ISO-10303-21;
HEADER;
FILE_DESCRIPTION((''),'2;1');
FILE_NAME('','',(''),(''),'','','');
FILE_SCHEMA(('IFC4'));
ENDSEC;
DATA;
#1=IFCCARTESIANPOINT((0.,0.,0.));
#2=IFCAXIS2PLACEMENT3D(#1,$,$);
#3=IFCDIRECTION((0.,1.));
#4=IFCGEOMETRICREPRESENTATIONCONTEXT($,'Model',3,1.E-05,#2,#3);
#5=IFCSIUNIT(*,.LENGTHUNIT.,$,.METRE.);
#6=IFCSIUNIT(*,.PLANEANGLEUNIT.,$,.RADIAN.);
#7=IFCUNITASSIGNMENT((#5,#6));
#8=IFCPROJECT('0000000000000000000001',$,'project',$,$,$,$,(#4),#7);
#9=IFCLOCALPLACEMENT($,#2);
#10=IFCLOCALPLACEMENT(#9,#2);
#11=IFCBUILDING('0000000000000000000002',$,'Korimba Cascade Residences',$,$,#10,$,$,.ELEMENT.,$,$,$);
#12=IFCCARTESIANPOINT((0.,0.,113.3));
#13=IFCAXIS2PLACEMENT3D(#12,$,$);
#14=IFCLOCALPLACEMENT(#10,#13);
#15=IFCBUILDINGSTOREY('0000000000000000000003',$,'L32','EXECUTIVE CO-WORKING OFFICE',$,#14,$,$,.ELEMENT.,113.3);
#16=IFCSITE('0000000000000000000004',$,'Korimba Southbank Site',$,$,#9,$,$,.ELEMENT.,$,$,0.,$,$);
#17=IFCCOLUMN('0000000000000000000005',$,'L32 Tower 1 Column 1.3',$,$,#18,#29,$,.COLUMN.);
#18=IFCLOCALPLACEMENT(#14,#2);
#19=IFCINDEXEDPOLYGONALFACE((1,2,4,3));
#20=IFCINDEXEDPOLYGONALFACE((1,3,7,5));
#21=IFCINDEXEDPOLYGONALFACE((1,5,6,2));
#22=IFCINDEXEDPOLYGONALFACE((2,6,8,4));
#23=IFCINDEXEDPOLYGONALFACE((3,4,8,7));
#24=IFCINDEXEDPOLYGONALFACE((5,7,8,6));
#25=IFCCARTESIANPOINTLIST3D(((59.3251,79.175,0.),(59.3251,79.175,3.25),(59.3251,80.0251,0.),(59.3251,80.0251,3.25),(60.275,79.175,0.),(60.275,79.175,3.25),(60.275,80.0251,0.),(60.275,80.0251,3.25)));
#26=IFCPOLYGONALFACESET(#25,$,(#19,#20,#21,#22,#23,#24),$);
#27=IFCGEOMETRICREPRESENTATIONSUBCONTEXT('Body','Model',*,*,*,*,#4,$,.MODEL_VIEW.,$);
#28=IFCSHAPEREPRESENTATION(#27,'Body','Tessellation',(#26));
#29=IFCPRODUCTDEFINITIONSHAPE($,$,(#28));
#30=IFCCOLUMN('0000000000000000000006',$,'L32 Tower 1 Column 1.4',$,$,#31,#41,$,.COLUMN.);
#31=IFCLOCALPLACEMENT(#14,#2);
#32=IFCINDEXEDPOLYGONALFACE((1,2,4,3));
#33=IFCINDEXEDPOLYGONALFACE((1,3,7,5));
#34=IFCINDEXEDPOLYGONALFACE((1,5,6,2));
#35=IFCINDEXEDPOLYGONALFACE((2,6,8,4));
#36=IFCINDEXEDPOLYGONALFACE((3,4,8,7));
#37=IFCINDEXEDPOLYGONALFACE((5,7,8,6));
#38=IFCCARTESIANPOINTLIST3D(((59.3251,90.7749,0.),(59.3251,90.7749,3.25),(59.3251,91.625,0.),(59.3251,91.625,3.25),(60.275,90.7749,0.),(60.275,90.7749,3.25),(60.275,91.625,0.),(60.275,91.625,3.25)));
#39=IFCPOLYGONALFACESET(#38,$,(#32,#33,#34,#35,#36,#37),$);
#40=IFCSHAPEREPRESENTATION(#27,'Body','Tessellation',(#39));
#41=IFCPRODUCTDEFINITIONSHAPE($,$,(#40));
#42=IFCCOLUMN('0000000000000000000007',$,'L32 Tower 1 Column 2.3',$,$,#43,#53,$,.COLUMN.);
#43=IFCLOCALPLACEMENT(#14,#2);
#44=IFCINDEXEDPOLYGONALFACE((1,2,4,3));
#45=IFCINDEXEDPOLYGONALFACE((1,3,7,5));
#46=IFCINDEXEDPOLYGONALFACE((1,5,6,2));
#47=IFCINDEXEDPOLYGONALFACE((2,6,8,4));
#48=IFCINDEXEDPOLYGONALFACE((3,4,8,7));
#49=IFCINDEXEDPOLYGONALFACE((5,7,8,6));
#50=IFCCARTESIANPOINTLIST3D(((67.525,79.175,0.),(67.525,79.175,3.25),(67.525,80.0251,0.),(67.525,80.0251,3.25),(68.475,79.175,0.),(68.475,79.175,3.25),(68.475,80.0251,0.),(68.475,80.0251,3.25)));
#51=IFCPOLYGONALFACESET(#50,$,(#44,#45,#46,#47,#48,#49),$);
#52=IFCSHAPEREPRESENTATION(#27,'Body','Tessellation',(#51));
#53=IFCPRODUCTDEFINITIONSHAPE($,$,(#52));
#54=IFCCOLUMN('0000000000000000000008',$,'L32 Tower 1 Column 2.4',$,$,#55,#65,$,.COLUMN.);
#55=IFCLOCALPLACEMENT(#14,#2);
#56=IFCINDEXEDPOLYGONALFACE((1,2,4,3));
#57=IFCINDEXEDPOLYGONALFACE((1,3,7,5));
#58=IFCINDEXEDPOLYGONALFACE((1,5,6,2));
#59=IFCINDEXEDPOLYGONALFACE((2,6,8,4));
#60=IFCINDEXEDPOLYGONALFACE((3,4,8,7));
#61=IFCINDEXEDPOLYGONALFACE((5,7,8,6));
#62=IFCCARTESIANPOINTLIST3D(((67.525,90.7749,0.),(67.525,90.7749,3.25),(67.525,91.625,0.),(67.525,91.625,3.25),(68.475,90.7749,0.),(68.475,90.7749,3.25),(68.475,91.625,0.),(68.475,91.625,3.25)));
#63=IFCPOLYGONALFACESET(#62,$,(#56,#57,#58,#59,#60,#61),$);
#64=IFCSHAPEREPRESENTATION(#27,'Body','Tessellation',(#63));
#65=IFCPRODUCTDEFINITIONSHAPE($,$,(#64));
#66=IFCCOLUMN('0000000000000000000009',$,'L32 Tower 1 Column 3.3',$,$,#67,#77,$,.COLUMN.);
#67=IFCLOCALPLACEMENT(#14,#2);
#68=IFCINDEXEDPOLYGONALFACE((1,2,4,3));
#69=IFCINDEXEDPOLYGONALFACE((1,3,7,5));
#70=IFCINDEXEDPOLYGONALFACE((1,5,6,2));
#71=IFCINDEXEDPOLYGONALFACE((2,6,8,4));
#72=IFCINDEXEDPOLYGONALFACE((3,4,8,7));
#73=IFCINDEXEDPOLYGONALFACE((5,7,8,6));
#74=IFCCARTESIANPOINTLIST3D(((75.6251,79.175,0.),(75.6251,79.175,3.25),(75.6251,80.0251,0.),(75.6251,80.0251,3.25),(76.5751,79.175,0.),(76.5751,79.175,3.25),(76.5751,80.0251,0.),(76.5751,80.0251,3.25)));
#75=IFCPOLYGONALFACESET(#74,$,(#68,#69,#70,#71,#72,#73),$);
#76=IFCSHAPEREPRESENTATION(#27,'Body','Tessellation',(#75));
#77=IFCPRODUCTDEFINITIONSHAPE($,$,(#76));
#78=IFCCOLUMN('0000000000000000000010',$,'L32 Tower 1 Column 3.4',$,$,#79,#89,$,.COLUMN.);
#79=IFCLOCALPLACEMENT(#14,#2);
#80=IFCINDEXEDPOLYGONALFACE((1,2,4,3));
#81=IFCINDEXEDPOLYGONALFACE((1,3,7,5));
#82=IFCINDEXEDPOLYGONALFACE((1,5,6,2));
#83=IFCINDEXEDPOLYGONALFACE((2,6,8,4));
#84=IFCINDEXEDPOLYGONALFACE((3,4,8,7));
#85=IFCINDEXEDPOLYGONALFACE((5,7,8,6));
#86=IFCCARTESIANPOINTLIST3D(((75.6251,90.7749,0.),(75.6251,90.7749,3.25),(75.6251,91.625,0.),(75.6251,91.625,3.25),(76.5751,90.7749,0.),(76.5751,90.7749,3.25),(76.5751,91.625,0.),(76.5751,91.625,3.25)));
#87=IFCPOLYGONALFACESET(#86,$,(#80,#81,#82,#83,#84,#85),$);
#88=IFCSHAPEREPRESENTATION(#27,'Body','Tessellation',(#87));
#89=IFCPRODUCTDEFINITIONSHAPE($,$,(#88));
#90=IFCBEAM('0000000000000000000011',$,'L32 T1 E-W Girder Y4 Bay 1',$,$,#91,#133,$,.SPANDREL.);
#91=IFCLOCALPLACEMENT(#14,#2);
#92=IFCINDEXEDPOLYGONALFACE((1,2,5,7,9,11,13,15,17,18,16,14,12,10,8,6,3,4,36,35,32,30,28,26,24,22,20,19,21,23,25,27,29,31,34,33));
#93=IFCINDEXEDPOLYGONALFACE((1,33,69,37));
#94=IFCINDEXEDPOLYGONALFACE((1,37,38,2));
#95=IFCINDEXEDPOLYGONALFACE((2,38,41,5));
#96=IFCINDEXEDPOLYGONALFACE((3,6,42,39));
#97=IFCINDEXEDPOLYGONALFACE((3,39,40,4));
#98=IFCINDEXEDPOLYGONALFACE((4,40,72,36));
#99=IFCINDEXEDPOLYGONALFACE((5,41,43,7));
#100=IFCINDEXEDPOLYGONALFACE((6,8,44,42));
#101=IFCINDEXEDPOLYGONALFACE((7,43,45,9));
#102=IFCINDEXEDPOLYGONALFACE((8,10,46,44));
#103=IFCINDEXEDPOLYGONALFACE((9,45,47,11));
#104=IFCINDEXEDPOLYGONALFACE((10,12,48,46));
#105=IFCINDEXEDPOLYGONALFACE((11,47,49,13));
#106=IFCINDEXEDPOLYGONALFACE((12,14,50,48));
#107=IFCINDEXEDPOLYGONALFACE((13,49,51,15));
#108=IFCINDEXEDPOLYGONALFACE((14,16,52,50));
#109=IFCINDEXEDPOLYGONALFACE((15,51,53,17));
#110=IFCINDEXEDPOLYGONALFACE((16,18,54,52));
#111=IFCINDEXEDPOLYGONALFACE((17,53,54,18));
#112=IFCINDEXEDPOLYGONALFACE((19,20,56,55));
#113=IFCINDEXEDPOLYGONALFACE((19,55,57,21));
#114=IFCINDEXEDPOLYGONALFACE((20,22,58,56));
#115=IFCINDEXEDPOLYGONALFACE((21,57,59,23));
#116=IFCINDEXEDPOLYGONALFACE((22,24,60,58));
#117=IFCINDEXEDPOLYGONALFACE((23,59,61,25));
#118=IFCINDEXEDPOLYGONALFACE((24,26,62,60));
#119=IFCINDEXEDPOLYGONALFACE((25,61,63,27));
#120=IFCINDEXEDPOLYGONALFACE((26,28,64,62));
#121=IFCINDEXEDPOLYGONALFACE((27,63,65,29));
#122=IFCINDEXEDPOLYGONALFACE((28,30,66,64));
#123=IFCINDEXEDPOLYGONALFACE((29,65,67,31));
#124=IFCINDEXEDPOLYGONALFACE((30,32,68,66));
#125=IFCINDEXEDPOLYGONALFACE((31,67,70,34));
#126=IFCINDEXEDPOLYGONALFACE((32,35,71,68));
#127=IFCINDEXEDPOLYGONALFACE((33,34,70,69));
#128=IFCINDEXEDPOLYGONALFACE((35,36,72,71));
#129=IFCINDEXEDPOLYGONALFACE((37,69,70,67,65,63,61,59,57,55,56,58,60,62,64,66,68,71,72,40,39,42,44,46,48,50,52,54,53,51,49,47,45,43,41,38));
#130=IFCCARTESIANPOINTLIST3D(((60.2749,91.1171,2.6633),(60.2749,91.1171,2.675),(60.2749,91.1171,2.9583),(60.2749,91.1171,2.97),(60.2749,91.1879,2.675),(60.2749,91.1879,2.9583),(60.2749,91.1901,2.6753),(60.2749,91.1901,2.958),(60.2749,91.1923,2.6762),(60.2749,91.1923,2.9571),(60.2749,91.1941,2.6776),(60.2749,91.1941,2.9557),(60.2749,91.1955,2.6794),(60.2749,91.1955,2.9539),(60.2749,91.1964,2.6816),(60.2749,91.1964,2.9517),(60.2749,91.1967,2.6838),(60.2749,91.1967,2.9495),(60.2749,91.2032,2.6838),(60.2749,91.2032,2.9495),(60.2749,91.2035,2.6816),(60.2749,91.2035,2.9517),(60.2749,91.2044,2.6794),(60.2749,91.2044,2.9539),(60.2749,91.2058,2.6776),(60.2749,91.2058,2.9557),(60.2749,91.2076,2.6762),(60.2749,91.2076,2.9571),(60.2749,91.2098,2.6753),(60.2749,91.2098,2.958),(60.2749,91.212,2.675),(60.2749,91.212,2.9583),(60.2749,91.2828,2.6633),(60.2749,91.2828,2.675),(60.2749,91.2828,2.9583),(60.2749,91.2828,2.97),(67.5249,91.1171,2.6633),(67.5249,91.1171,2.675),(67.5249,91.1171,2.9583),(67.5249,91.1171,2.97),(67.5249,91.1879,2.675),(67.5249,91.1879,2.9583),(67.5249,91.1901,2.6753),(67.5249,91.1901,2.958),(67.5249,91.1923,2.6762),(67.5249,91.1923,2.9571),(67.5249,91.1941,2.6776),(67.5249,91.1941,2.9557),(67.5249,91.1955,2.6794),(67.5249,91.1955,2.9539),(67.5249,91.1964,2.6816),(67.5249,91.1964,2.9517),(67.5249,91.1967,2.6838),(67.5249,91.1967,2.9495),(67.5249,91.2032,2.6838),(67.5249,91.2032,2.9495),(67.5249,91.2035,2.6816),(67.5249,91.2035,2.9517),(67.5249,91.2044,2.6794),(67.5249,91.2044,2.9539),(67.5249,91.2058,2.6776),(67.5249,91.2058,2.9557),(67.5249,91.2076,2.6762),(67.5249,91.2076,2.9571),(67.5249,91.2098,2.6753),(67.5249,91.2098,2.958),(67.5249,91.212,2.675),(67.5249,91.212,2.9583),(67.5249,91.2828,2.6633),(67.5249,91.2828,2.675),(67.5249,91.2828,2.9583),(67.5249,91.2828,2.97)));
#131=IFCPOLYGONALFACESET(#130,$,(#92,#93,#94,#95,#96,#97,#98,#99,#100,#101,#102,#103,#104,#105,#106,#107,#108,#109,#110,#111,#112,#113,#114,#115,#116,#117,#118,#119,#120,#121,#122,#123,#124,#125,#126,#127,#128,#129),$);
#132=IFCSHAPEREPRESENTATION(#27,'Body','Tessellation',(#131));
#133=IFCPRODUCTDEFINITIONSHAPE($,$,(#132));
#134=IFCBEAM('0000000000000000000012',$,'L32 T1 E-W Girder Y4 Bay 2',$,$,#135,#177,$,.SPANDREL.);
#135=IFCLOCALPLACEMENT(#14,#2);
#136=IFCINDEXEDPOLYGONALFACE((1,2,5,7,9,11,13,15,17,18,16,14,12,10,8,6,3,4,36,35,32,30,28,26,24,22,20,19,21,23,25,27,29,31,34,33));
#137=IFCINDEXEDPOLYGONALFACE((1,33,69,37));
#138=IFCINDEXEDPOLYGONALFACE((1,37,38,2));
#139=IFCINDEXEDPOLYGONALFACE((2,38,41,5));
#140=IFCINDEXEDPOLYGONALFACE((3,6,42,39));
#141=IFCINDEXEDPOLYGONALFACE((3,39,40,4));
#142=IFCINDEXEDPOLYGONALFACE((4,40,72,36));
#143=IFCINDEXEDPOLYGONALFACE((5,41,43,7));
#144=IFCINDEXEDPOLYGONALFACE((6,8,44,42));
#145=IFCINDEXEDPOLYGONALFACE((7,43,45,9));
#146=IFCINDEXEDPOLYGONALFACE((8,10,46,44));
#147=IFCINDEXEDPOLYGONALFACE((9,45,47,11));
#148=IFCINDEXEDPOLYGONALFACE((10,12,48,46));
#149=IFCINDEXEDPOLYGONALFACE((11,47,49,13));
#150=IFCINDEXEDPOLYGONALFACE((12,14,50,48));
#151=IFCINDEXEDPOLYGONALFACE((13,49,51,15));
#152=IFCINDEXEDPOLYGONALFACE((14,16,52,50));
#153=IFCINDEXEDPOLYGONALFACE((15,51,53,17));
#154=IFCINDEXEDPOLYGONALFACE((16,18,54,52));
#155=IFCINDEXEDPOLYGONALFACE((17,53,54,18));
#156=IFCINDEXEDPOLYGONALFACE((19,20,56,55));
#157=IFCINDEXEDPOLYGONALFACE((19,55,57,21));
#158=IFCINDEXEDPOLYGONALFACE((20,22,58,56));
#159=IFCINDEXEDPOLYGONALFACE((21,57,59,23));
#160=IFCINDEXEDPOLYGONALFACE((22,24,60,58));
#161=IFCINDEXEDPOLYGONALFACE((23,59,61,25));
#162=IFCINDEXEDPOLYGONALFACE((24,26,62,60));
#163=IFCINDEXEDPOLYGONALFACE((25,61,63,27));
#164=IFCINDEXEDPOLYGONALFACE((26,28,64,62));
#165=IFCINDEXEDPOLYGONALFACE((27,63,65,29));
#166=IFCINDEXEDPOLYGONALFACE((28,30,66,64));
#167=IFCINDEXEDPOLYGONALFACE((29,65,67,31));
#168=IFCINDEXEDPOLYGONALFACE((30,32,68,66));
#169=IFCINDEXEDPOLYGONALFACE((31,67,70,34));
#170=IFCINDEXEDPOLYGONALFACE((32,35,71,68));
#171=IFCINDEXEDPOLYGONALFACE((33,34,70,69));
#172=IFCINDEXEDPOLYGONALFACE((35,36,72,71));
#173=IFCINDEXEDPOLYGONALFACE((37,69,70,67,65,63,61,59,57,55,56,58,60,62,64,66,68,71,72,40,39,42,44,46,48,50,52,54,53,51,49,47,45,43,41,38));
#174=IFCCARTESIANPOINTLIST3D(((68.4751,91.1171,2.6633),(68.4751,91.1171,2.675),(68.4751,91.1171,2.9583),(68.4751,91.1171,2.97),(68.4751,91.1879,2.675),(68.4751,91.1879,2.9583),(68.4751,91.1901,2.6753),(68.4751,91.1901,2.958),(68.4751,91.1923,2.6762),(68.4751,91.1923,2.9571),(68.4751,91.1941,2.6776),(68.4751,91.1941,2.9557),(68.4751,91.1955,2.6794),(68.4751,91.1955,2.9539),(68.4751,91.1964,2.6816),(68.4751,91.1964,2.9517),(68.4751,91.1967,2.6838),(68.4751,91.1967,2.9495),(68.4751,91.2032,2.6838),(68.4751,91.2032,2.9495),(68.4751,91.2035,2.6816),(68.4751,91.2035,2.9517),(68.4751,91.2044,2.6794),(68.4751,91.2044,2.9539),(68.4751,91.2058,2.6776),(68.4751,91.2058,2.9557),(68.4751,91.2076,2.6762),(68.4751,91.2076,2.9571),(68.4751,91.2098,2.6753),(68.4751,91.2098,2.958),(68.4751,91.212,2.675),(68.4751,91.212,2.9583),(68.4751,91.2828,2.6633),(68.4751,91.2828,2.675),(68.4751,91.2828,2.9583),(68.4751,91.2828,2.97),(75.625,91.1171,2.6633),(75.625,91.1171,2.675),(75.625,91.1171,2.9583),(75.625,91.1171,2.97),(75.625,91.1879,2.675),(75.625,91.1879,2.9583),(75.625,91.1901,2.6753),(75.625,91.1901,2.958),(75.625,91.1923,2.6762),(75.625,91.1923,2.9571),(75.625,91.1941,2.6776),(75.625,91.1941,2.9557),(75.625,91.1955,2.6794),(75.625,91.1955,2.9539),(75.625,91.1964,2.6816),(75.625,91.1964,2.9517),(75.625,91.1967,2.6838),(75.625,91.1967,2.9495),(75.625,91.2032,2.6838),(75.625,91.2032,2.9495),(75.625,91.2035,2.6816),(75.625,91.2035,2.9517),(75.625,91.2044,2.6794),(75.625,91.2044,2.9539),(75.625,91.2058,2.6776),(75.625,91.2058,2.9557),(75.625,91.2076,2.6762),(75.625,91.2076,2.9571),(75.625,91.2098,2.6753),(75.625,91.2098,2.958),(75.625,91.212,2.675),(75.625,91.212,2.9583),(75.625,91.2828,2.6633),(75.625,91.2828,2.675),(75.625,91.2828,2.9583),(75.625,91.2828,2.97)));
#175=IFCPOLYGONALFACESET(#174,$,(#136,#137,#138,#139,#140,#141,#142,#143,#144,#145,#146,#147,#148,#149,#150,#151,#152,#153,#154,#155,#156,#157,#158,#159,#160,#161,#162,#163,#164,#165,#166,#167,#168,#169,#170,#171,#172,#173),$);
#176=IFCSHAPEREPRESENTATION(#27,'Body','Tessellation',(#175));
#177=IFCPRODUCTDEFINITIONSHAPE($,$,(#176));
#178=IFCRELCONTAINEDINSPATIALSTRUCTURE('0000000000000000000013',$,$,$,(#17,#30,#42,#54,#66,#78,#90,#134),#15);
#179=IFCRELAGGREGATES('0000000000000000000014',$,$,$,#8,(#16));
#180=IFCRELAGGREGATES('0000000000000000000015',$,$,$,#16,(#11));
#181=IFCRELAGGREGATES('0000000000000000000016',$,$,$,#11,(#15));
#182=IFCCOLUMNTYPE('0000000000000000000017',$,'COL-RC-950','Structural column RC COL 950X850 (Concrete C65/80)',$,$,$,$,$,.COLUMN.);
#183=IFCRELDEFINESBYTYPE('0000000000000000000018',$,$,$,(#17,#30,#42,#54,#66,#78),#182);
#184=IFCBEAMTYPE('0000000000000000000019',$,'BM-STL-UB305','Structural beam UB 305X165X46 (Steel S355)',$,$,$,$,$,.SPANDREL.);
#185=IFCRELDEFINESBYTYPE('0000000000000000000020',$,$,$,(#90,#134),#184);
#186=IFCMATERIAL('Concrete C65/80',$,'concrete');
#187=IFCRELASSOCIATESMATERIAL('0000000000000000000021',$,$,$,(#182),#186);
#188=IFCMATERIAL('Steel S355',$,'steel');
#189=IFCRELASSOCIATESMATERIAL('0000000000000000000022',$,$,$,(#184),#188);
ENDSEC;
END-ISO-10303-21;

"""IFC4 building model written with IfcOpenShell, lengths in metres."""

from ifc_helpers import new_model, si_unit, direction, frame, origin, origin_2d, place, context, subcontext, project, spatial, rectangle, i_section, extrude, material, material_profile, profile_set, type_object, element, save


model = new_model("IFC4")

# Units and contexts
model_context = context("Model", 3, precision=1e-05, world=origin(), true_north=direction((0.0, 1.0)))
body_context = subcontext(model_context, "Body", "Model", "MODEL_VIEW")
ifc_project = project(units=[si_unit("LENGTHUNIT", "METRE"), si_unit("PLANEANGLEUNIT", "RADIAN")], contexts=[model_context])

# Site, building, storey
site_placement = place(None, origin())
site = spatial("IfcSite", under=ifc_project, at=site_placement, Name="Korimba Southbank Site", CompositionType="ELEMENT", RefElevation=0.0)
building_placement = place(site_placement, origin())
building = spatial("IfcBuilding", under=site, at=building_placement, Name="Korimba Cascade Residences", CompositionType="ELEMENT")
storey_placement = place(building_placement, frame((0.0, 0.0, 113.3)))
storey = spatial("IfcBuildingStorey", under=building, at=storey_placement, Name="L32", Description="EXECUTIVE CO-WORKING OFFICE", CompositionType="ELEMENT", Elevation=113.3)

# Columns
ifc_material_1 = material(Name="Concrete C65/80", Category="concrete")
ifc_material_profile_1 = material_profile(ifc_material_1, rectangle(XDim=0.95, YDim=0.8501, at=origin_2d()), Name="Concrete C65/80")
ifc_profile_set_1 = profile_set([ifc_material_profile_1], Name="Concrete C65/80")
column_type = type_object("IfcColumnType", Name="COL-RC-950", Description="Structural column RC COL 950X850 (Concrete C65/80)", PredefinedType="COLUMN", material=ifc_profile_set_1)
for number, where, z_axis, x_axis, name in (
    (1, (59.8, 79.6001, 0.0), (0.0, 0.0, 1.0), (1.0, 0.0, 0.0), "L32 Tower 1 Column 1.3"),
    (2, (59.8, 91.2, 0.0), (0.0, 0.0, 1.0), (1.0, 0.0, 0.0), "L32 Tower 1 Column 1.4"),
    (3, (68.0, 79.6001, 0.0), (0.0, 0.0, 1.0), (1.0, 0.0, 0.0), "L32 Tower 1 Column 2.3"),
    (4, (68.0, 91.2, 0.0), (0.0, 0.0, 1.0), (1.0, 0.0, 0.0), "L32 Tower 1 Column 2.4"),
    (5, (76.1001, 79.6001, 0.0), (0.0, 0.0, 1.0), (1.0, 0.0, 0.0), "L32 Tower 1 Column 3.3"),
    (6, (76.1001, 91.2, 0.0), (0.0, 0.0, 1.0), (1.0, 0.0, 0.0), "L32 Tower 1 Column 3.4"),
):
    element("IfcColumn", number, at=place(storey_placement, frame(where, z_axis=z_axis, x_axis=x_axis)), inside=storey, type_object=column_type, Name=name, PredefinedType="COLUMN", context=body_context, shape_type="SweptSolid", body=[
        extrude(rectangle(XDim=0.95, YDim=0.8501, at=origin_2d()), origin(), (0.0, 0.0, 1.0), 3.25),
    ])

# Beams
ifc_material_2 = material(Name="Steel S355", Category="steel")
ifc_material_profile_2 = material_profile(ifc_material_2, i_section(OverallWidth=0.1658, OverallDepth=0.3066, WebThickness=0.0066, FlangeThickness=0.0117, FilletRadius=0.0088, at=origin_2d()), Name="Steel S355")
ifc_profile_set_2 = profile_set([ifc_material_profile_2], Name="Steel S355")
beam_type_1 = type_object("IfcBeamType", Name="BM-STL-UB305", Description="Structural beam UB 305X165X46 (Steel S355)", PredefinedType="SPANDREL", material=ifc_profile_set_2)
beam_1_placement = place(storey_placement, frame((60.2749, 91.2, 2.8167), z_axis=(1.0, 0.0, 0.0), x_axis=(0.0, 1.0, 0.0)))
element("IfcBeam", 7, at=beam_1_placement, inside=storey, type_object=beam_type_1, Name="L32 T1 E-W Girder Y4 Bay 1", PredefinedType="SPANDREL", context=body_context, shape_type="SweptSolid", body=[
    extrude(i_section(OverallWidth=0.1658, OverallDepth=0.3066, WebThickness=0.0066, FlangeThickness=0.0117, FilletRadius=0.0088, at=origin_2d()), origin(), (0.0, 0.0, 1.0), 7.25),
])
beam_2_placement = place(storey_placement, frame((68.4751, 91.2, 2.8167), z_axis=(1.0, 0.0, 0.0), x_axis=(0.0, 1.0, 0.0)))
element("IfcBeam", 8, at=beam_2_placement, inside=storey, type_object=beam_type_1, Name="L32 T1 E-W Girder Y4 Bay 2", PredefinedType="SPANDREL", context=body_context, shape_type="SweptSolid", body=[
    extrude(i_section(OverallWidth=0.1658, OverallDepth=0.3066, WebThickness=0.0066, FlangeThickness=0.0117, FilletRadius=0.0088, at=origin_2d()), origin(), (0.0, 0.0, 1.0), 7.1499),
])

save(model, "model.ifc")
